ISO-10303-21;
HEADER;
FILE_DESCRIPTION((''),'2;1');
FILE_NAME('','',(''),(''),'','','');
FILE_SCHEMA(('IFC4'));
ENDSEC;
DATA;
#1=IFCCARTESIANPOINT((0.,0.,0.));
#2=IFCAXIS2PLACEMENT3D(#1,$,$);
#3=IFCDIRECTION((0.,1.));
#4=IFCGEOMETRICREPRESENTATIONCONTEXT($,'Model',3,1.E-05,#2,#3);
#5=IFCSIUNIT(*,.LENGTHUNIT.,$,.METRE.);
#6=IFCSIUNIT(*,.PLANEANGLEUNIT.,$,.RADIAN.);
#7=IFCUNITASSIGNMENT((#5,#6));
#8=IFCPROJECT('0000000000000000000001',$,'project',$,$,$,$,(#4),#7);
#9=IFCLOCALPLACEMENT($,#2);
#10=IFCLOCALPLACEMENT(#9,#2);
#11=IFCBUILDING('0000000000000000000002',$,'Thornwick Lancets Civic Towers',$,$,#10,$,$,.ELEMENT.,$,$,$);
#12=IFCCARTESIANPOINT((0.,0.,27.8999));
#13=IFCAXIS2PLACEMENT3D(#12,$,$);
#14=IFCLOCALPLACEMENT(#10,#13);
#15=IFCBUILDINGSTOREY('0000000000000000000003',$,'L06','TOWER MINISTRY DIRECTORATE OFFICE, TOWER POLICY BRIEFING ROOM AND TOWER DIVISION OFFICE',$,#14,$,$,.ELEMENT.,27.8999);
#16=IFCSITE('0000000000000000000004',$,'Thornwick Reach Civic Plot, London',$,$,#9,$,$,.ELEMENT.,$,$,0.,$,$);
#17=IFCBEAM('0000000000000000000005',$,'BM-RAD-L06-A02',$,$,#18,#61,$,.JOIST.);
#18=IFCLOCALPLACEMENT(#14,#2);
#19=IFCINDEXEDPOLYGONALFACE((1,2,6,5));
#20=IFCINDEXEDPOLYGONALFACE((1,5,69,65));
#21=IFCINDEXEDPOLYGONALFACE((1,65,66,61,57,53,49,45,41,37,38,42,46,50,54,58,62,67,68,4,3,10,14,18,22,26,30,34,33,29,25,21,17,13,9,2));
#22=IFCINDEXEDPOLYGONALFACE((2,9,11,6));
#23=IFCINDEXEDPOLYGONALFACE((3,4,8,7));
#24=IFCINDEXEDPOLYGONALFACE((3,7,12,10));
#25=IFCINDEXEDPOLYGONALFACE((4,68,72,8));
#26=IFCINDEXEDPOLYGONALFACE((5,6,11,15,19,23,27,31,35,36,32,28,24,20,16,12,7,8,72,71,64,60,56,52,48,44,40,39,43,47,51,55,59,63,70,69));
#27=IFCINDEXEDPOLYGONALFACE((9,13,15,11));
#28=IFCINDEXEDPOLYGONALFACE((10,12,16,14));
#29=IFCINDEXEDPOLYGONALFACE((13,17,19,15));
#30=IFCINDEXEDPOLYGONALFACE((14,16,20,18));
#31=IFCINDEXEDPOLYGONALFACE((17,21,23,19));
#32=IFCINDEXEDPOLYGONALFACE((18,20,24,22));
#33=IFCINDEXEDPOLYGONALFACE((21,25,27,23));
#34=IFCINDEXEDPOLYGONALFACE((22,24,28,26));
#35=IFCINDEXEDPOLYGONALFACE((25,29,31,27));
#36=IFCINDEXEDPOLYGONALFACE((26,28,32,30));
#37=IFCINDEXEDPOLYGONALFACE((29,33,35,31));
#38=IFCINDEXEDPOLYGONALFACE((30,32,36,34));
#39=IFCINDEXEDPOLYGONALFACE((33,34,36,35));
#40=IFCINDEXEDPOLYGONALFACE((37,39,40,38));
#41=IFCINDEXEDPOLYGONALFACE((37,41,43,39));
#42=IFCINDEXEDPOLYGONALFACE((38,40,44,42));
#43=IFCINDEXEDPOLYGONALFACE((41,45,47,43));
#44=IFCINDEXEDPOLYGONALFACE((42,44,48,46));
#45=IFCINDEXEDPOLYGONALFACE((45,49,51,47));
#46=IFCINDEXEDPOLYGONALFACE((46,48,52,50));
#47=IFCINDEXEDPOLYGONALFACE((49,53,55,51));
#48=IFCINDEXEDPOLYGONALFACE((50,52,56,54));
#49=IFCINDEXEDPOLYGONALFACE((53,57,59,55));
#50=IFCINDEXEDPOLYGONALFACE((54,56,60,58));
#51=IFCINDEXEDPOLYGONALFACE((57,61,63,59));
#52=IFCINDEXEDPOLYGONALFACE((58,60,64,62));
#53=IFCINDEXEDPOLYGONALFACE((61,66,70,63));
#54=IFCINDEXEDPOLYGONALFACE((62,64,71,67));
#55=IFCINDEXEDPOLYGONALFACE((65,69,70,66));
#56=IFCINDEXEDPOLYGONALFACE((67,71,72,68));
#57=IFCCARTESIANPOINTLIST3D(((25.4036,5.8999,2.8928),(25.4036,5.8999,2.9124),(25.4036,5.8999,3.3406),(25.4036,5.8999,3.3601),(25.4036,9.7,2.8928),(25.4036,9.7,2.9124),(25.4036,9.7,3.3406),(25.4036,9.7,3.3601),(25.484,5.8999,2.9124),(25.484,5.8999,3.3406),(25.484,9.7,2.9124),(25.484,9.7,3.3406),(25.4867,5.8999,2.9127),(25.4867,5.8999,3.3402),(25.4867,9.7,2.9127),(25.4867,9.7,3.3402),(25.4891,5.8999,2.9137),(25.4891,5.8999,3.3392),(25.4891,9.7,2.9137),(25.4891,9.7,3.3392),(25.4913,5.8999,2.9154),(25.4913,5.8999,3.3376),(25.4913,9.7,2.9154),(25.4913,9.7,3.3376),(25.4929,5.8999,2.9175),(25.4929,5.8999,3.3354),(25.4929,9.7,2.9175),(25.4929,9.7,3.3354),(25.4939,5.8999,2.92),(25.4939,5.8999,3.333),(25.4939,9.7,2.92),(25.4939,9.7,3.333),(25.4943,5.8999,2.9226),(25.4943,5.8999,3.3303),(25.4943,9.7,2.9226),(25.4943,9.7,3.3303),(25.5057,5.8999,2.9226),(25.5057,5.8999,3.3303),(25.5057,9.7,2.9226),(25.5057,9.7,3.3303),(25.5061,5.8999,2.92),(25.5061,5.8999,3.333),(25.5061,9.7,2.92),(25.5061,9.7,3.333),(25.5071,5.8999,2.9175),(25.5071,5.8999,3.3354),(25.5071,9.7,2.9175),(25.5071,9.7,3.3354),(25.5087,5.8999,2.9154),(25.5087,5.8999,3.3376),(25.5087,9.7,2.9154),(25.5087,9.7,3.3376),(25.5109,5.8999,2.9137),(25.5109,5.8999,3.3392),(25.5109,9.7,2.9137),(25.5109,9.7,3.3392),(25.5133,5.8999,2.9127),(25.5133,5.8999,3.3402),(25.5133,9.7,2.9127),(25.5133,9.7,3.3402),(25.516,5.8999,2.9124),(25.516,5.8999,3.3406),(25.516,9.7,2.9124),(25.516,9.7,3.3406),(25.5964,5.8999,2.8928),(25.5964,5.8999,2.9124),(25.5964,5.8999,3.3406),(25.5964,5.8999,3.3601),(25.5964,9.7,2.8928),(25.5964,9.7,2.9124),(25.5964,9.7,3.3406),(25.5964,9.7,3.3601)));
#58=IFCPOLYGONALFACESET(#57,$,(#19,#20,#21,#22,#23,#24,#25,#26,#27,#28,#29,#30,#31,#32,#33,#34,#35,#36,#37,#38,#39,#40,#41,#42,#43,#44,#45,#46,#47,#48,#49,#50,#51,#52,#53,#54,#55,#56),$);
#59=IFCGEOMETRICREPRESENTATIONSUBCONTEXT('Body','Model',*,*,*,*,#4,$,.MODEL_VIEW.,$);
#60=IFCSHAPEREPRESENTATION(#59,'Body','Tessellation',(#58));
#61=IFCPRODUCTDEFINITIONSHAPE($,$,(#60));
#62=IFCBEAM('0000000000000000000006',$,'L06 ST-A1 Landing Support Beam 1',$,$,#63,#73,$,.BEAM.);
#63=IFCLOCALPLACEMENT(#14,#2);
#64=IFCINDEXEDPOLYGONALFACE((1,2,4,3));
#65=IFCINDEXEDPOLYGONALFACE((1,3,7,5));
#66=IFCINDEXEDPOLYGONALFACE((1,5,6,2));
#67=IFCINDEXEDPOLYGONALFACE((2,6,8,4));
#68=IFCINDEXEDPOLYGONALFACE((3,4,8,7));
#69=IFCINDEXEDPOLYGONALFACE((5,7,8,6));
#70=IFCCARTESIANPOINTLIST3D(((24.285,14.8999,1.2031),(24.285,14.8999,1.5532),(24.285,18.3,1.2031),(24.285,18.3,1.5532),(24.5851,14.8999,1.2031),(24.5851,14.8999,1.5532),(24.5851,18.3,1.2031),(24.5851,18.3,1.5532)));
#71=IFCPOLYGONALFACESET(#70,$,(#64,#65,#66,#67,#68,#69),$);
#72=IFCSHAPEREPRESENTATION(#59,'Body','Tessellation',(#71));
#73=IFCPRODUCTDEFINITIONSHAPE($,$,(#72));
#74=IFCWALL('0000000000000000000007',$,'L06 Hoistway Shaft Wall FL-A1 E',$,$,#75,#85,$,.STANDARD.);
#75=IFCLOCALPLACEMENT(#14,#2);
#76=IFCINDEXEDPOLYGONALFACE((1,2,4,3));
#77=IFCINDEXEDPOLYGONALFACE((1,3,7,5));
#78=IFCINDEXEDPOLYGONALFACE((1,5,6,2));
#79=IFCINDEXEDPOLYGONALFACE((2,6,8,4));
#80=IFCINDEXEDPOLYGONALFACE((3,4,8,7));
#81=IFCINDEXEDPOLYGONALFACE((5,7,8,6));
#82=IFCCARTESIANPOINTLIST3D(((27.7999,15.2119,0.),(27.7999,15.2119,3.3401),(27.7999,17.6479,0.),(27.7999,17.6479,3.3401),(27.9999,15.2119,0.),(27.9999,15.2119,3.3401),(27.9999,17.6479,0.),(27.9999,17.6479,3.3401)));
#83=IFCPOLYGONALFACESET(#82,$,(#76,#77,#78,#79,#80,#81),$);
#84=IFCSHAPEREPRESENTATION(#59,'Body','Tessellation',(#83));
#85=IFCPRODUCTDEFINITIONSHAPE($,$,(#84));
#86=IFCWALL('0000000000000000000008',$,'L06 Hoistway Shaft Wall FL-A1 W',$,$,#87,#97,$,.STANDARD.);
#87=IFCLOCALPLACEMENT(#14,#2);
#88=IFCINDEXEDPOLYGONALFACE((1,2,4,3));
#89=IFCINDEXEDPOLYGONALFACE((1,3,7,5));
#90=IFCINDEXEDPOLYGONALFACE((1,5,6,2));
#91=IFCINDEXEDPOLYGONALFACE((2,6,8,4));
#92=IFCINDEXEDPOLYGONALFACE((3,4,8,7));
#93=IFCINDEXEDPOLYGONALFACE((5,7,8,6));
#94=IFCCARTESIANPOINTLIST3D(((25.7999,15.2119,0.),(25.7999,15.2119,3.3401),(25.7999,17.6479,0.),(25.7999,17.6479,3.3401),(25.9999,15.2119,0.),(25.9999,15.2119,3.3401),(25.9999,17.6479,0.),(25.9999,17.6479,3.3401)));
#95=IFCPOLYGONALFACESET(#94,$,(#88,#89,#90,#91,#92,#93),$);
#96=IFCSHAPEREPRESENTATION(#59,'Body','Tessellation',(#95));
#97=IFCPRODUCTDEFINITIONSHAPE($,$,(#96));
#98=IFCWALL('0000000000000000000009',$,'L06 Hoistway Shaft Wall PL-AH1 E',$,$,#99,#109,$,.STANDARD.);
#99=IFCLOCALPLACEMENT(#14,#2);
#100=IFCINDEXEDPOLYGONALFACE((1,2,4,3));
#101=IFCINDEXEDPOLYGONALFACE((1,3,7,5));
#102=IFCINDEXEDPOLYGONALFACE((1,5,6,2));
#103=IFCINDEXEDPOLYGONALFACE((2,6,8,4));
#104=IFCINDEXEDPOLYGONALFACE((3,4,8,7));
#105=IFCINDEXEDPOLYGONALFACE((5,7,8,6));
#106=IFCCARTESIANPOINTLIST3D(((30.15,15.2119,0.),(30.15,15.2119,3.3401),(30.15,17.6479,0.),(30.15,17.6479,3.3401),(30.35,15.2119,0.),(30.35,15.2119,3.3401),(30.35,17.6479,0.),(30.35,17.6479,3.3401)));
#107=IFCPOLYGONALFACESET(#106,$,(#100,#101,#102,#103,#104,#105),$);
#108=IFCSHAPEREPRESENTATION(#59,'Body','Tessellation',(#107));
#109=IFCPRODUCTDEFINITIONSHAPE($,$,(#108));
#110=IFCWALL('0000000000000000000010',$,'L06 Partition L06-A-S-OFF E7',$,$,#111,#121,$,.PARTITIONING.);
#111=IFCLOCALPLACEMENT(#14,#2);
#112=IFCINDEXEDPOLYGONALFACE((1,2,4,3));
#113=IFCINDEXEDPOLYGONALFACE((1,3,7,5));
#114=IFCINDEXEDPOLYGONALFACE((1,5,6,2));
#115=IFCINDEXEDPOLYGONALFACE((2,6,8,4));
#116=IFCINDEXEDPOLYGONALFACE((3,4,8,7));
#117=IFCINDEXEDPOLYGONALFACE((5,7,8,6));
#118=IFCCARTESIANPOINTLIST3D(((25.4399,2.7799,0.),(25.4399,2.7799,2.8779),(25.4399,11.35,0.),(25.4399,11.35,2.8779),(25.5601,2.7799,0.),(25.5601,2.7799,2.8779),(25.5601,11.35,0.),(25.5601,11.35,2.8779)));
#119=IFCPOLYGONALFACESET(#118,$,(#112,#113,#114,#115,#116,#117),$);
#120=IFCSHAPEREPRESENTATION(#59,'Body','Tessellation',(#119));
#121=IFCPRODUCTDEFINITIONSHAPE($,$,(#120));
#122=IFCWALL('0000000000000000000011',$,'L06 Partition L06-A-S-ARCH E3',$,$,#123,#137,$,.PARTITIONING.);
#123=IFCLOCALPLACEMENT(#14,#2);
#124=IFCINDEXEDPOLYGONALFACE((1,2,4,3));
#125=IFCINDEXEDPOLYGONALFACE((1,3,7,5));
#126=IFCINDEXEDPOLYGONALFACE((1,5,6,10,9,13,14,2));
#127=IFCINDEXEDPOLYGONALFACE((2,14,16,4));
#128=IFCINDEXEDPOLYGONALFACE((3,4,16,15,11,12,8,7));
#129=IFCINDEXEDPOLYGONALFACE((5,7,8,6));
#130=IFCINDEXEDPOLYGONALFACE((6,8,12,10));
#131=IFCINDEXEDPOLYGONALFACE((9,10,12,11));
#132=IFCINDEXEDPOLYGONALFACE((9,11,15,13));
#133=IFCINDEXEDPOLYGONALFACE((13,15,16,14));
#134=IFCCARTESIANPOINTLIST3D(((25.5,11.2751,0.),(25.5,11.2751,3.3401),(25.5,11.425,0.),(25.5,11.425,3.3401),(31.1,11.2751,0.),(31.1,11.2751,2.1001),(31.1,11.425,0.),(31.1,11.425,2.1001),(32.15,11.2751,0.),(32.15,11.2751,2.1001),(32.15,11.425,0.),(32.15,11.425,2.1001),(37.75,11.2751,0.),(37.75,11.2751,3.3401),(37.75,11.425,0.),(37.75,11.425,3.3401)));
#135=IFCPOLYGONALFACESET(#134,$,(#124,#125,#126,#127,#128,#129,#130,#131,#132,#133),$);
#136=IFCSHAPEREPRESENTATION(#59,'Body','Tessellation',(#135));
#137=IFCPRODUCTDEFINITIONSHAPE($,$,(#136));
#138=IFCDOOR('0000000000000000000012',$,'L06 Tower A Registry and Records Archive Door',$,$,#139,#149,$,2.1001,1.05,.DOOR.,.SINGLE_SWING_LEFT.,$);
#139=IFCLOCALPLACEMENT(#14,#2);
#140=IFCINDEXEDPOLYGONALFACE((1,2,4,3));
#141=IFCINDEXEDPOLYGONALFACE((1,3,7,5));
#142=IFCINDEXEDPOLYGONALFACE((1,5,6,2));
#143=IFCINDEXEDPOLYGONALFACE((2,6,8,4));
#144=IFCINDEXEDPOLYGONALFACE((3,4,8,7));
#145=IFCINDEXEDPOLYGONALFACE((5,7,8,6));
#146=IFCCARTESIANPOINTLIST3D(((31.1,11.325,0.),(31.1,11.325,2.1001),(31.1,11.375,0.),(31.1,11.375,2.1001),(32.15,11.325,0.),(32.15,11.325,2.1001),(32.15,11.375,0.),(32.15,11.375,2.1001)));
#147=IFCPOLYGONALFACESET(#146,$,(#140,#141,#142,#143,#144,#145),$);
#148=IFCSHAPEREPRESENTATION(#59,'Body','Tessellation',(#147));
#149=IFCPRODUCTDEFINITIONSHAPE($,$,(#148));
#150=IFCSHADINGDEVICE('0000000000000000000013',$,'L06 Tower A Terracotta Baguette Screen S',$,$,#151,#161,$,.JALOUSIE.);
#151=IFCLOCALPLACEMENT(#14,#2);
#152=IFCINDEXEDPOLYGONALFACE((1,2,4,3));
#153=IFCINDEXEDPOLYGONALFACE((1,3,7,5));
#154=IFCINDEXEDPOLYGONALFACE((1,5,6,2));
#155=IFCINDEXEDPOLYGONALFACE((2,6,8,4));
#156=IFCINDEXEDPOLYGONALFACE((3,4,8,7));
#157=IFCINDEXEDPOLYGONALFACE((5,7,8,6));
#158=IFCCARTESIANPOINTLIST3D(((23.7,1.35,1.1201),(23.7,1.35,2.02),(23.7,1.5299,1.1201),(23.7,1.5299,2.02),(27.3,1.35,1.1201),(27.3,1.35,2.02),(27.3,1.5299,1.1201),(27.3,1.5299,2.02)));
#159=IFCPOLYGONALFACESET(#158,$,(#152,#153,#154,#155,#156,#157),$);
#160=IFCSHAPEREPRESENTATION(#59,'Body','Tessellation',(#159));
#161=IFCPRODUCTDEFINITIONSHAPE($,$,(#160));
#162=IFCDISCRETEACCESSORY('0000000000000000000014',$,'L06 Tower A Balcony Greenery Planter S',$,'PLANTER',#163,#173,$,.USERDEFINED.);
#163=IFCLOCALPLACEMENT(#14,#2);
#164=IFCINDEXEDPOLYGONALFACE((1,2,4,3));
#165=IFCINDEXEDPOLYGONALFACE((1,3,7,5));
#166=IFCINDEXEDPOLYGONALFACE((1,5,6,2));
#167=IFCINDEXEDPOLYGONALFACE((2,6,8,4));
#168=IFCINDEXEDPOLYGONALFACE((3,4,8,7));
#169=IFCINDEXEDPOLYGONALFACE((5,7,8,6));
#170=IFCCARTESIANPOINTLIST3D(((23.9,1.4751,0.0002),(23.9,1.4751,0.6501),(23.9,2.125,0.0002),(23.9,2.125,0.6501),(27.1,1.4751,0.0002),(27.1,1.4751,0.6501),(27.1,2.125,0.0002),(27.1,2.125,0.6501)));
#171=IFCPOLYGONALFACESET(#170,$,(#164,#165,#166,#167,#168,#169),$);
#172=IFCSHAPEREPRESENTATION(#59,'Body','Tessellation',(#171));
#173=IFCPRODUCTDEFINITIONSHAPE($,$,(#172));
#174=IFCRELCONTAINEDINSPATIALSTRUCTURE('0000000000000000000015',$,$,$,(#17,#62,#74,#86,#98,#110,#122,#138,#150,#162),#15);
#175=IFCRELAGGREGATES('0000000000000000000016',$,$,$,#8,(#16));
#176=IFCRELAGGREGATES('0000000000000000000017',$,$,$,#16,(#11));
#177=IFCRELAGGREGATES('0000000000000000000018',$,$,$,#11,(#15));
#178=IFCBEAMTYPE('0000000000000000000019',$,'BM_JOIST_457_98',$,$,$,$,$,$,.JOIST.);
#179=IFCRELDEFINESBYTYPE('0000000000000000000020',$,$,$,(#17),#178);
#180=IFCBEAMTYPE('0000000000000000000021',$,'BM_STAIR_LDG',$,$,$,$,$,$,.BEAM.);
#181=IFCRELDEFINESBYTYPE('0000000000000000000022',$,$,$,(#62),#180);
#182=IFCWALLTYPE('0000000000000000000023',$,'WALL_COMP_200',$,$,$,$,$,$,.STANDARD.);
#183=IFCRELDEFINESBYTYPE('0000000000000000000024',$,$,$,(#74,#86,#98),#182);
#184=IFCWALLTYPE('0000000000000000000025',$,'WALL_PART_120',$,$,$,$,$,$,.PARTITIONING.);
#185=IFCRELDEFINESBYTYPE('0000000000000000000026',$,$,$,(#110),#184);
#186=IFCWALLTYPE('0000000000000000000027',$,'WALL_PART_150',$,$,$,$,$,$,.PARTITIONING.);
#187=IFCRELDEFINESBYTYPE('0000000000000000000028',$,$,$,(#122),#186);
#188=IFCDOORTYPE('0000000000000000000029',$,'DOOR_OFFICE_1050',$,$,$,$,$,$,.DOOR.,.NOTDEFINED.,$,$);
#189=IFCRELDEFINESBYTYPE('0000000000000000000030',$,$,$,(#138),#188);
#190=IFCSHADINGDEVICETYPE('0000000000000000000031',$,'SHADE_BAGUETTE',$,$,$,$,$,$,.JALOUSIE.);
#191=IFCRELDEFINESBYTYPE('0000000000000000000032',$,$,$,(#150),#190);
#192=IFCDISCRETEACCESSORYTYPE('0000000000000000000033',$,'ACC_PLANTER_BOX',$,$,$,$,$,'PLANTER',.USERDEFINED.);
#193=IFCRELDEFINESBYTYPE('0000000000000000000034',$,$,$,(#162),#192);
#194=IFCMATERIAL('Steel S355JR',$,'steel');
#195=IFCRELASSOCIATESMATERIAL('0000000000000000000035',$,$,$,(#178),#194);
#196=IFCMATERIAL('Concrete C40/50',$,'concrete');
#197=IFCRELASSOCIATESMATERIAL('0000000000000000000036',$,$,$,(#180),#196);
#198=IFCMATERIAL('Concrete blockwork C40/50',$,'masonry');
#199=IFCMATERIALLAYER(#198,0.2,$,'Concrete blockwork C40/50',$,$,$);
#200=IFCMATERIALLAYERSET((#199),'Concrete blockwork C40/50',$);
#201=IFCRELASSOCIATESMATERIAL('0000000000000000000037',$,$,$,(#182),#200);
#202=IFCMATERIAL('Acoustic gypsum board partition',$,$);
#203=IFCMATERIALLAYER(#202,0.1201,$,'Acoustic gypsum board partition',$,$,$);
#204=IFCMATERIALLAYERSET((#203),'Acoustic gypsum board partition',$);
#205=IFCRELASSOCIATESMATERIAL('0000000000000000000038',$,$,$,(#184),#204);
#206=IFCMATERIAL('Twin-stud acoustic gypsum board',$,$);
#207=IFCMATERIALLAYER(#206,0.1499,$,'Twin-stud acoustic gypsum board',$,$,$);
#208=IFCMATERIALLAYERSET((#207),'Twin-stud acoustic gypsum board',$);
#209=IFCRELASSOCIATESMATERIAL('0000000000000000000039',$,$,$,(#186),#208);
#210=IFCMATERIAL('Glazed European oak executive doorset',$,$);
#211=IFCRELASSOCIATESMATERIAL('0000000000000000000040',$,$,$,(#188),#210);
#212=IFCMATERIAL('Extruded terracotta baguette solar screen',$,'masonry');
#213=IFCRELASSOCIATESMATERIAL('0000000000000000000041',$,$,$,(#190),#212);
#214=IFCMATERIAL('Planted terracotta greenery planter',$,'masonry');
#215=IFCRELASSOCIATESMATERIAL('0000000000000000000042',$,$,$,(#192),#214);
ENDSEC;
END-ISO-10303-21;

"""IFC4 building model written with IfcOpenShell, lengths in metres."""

from ifc_helpers import new_model, si_unit, direction, frame, frame_2d, origin, origin_2d, place, context, subcontext, project, spatial, rectangle, i_section, extrude, material, layer, layer_set, material_profile, profile_set, type_object, element, fill, save


model = new_model("IFC4")

# Units and contexts
model_context = context("Model", 3, precision=1e-05, world=origin(), true_north=direction((0.0, 1.0)))
body_context = subcontext(model_context, "Body", "Model", "MODEL_VIEW")
ifc_project = project(units=[si_unit("LENGTHUNIT", "METRE"), si_unit("PLANEANGLEUNIT", "RADIAN")], contexts=[model_context])

# Site, building, storey
site_placement = place(None, origin())
site = spatial("IfcSite", under=ifc_project, at=site_placement, Name="Thornwick Reach Civic Plot, London", CompositionType="ELEMENT", RefElevation=0.0)
building_placement = place(site_placement, origin())
building = spatial("IfcBuilding", under=site, at=building_placement, Name="Thornwick Lancets Civic Towers", CompositionType="ELEMENT")
storey_placement = place(building_placement, frame((0.0, 0.0, 27.8999)))
storey = spatial("IfcBuildingStorey", under=building, at=storey_placement, Name="L06", Description="TOWER MINISTRY DIRECTORATE OFFICE, TOWER POLICY BRIEFING ROOM AND TOWER DIVISION OFFICE", CompositionType="ELEMENT", Elevation=27.8999)

# Beams
ifc_material_1 = material(Name="Steel S355JR", Category="steel")
ifc_material_profile_1 = material_profile(ifc_material_1, i_section(OverallWidth=0.1929, OverallDepth=0.4673, WebThickness=0.0115, FlangeThickness=0.0195, FilletRadius=0.0103, at=origin_2d()), Name="UKB 457x191x98")
ifc_profile_set_1 = profile_set([ifc_material_profile_1], Name="Steel S355JR")
beam_type_1 = type_object("IfcBeamType", Name="BM_JOIST_457_98", PredefinedType="JOIST", material=ifc_profile_set_1)
beam_1_placement = place(storey_placement, frame((25.5, 9.7, 3.1265), z_axis=(0.0, -1.0, 0.0), x_axis=(1.0, 0.0, 0.0)))
element("IfcBeam", 1, at=beam_1_placement, inside=storey, type_object=beam_type_1, Name="BM-RAD-L06-A02", PredefinedType="JOIST", context=body_context, shape_type="SweptSolid", body=[
    extrude(i_section(OverallWidth=0.1929, OverallDepth=0.4673, WebThickness=0.0115, FlangeThickness=0.0195, FilletRadius=0.0103, at=origin_2d()), origin(), (0.0, 0.0, 1.0), 3.8),
])
ifc_material_2 = material(Name="Concrete C40/50", Category="concrete")
ifc_material_profile_2 = material_profile(ifc_material_2, rectangle(XDim=0.3, YDim=0.3501, at=origin_2d()), Name="RC 300x350")
ifc_profile_set_2 = profile_set([ifc_material_profile_2], Name="Concrete C40/50")
beam_type_2 = type_object("IfcBeamType", Name="BM_STAIR_LDG", PredefinedType="BEAM", material=ifc_profile_set_2)
beam_2_placement = place(storey_placement, frame((24.4351, 14.8999, 1.3782), z_axis=(0.0, 1.0, 0.0), x_axis=(-1.0, 0.0, 0.0)))
element("IfcBeam", 2, at=beam_2_placement, inside=storey, type_object=beam_type_2, Name="L06 ST-A1 Landing Support Beam 1", PredefinedType="BEAM", context=body_context, shape_type="SweptSolid", body=[
    extrude(rectangle(XDim=0.3, YDim=0.3501, at=origin_2d()), origin(), (0.0, 0.0, 1.0), 3.4001),
])

# Walls
ifc_material_3 = material(Name="Concrete blockwork C40/50", Category="masonry")
ifc_layer_1 = layer(ifc_material_3, 0.2, Name="Concrete blockwork C40/50")
ifc_layer_set_1 = layer_set([ifc_layer_1], Name="Concrete blockwork C40/50")
wall_type_1 = type_object("IfcWallType", Name="WALL_COMP_200", PredefinedType="STANDARD", material=ifc_layer_set_1)
for number, where, z_axis, x_axis, name in (
    (3, (27.8999, 15.2119, 0.0), (0.0, 0.0, 1.0), (0.0, 1.0, 0.0), "L06 Hoistway Shaft Wall FL-A1 E"),
    (4, (25.8999, 15.2119, 0.0), (0.0, 0.0, 1.0), (0.0, 1.0, 0.0), "L06 Hoistway Shaft Wall FL-A1 W"),
    (5, (30.25, 15.2119, 0.0), (0.0, 0.0, 1.0), (0.0, 1.0, 0.0), "L06 Hoistway Shaft Wall PL-AH1 E"),
):
    element("IfcWall", number, at=place(storey_placement, frame(where, z_axis=z_axis, x_axis=x_axis)), inside=storey, type_object=wall_type_1, Name=name, PredefinedType="STANDARD", context=body_context, shape_type="SweptSolid", body=[
        extrude(rectangle(XDim=2.436, YDim=0.2, at=frame_2d((1.218, 0.0))), origin(), (0.0, 0.0, 1.0), 3.3401),
    ])
ifc_material_4 = material(Name="Acoustic gypsum board partition")
ifc_layer_2 = layer(ifc_material_4, 0.1201, Name="Acoustic gypsum board partition")
ifc_layer_set_2 = layer_set([ifc_layer_2], Name="Acoustic gypsum board partition")
wall_type_2 = type_object("IfcWallType", Name="WALL_PART_120", PredefinedType="PARTITIONING", material=ifc_layer_set_2)
wall_1_placement = place(storey_placement, frame((25.5, 11.3501, 0.0), z_axis=(0.0, 0.0, 1.0), x_axis=(0.0, -1.0, 0.0)))
element("IfcWall", 6, at=wall_1_placement, inside=storey, type_object=wall_type_2, Name="L06 Partition L06-A-S-OFF E7", PredefinedType="PARTITIONING", context=body_context, shape_type="SweptSolid", body=[
    extrude(rectangle(XDim=8.5701, YDim=0.1201, at=frame_2d((4.2852, 0.0))), origin(), (0.0, 0.0, 1.0), 2.8779),
])

# Wall, opening, door
ifc_material_5 = material(Name="Twin-stud acoustic gypsum board")
ifc_layer_3 = layer(ifc_material_5, 0.1499, Name="Twin-stud acoustic gypsum board")
ifc_layer_set_3 = layer_set([ifc_layer_3], Name="Twin-stud acoustic gypsum board")
wall_type_3 = type_object("IfcWallType", Name="WALL_PART_150", PredefinedType="PARTITIONING", material=ifc_layer_set_3)
wall_2_placement = place(storey_placement, frame((25.5, 11.3501, 0.0), z_axis=(0.0, 0.0, 1.0), x_axis=(1.0, 0.0, 0.0)))
wall_2 = element("IfcWall", 7, at=wall_2_placement, inside=storey, type_object=wall_type_3, Name="L06 Partition L06-A-S-ARCH E3", PredefinedType="PARTITIONING", context=body_context, shape_type="SweptSolid", body=[
    extrude(rectangle(XDim=12.25, YDim=0.1499, at=frame_2d((6.125, 0.0))), origin(), (0.0, 0.0, 1.0), 3.3401),
])
opening_placement = place(wall_2_placement, frame((5.6001, 0.0, 0.0)))
opening = element("IfcOpeningElement", 8, at=opening_placement, cuts=wall_2, PredefinedType="OPENING", context=body_context, shape_type="SweptSolid", body=[
    extrude(rectangle(XDim=1.05, YDim=2.1001, at=frame_2d((0.5249, 1.05))), frame((0.0, 0.085, 0.0), z_axis=(0.0, -1.0, 0.0), x_axis=(1.0, 0.0, 0.0)), (0.0, 0.0, 1.0), 0.1699),
])
ifc_material_6 = material(Name="Glazed European oak executive doorset")
door_type = type_object("IfcDoorType", Name="DOOR_OFFICE_1050", OperationType="NOTDEFINED", PredefinedType="DOOR", material=ifc_material_6)
door_placement = place(opening_placement, origin())
door = element("IfcDoor", 9, at=door_placement, inside=storey, type_object=door_type, Name="L06 Tower A Registry and Records Archive Door", OperationType="SINGLE_SWING_LEFT", OverallHeight=2.1001, OverallWidth=1.05, PredefinedType="DOOR", context=body_context, shape_type="SweptSolid", body=[
    extrude(rectangle(XDim=1.05, YDim=2.1001, at=frame_2d((0.5249, 1.05))), frame((0.0, 0.0249, 0.0), z_axis=(0.0, -1.0, 0.0), x_axis=(1.0, 0.0, 0.0)), (0.0, 0.0, 1.0), 0.05),
])
fill(opening, door)

# Shading device
ifc_material_7 = material(Name="Extruded terracotta baguette solar screen", Category="masonry")
shading_device_type = type_object("IfcShadingDeviceType", Name="SHADE_BAGUETTE", PredefinedType="JALOUSIE", material=ifc_material_7)
shading_device_placement = place(storey_placement, frame((25.5, 1.4399, 1.1201), z_axis=(0.0, 0.0, 1.0), x_axis=(1.0, 0.0, 0.0)))
element("IfcShadingDevice", 10, at=shading_device_placement, inside=storey, type_object=shading_device_type, Name="L06 Tower A Terracotta Baguette Screen S", PredefinedType="JALOUSIE", context=body_context, shape_type="SweptSolid", body=[
    extrude(rectangle(XDim=3.6001, YDim=0.1799, at=origin_2d()), origin(), (0.0, 0.0, 1.0), 0.8999),
])

# Discrete accessory
ifc_material_8 = material(Name="Planted terracotta greenery planter", Category="masonry")
discrete_accessory_type_1 = type_object("IfcDiscreteAccessoryType", Name="ACC_PLANTER_BOX", ElementType="PLANTER", PredefinedType="USERDEFINED", material=ifc_material_8)
discrete_accessory_1_placement = place(storey_placement, frame((25.5, 1.8, 0.0002), z_axis=(0.0, 0.0, 1.0), x_axis=(1.0, 0.0, 0.0)))
element("IfcDiscreteAccessory", 11, at=discrete_accessory_1_placement, inside=storey, type_object=discrete_accessory_type_1, Name="L06 Tower A Balcony Greenery Planter S", ObjectType="PLANTER", PredefinedType="USERDEFINED", context=body_context, shape_type="SweptSolid", body=[
    extrude(rectangle(XDim=3.2, YDim=0.6499, at=origin_2d()), origin(), (0.0, 0.0, 1.0), 0.6499),
])

save(model, "model.ifc")
